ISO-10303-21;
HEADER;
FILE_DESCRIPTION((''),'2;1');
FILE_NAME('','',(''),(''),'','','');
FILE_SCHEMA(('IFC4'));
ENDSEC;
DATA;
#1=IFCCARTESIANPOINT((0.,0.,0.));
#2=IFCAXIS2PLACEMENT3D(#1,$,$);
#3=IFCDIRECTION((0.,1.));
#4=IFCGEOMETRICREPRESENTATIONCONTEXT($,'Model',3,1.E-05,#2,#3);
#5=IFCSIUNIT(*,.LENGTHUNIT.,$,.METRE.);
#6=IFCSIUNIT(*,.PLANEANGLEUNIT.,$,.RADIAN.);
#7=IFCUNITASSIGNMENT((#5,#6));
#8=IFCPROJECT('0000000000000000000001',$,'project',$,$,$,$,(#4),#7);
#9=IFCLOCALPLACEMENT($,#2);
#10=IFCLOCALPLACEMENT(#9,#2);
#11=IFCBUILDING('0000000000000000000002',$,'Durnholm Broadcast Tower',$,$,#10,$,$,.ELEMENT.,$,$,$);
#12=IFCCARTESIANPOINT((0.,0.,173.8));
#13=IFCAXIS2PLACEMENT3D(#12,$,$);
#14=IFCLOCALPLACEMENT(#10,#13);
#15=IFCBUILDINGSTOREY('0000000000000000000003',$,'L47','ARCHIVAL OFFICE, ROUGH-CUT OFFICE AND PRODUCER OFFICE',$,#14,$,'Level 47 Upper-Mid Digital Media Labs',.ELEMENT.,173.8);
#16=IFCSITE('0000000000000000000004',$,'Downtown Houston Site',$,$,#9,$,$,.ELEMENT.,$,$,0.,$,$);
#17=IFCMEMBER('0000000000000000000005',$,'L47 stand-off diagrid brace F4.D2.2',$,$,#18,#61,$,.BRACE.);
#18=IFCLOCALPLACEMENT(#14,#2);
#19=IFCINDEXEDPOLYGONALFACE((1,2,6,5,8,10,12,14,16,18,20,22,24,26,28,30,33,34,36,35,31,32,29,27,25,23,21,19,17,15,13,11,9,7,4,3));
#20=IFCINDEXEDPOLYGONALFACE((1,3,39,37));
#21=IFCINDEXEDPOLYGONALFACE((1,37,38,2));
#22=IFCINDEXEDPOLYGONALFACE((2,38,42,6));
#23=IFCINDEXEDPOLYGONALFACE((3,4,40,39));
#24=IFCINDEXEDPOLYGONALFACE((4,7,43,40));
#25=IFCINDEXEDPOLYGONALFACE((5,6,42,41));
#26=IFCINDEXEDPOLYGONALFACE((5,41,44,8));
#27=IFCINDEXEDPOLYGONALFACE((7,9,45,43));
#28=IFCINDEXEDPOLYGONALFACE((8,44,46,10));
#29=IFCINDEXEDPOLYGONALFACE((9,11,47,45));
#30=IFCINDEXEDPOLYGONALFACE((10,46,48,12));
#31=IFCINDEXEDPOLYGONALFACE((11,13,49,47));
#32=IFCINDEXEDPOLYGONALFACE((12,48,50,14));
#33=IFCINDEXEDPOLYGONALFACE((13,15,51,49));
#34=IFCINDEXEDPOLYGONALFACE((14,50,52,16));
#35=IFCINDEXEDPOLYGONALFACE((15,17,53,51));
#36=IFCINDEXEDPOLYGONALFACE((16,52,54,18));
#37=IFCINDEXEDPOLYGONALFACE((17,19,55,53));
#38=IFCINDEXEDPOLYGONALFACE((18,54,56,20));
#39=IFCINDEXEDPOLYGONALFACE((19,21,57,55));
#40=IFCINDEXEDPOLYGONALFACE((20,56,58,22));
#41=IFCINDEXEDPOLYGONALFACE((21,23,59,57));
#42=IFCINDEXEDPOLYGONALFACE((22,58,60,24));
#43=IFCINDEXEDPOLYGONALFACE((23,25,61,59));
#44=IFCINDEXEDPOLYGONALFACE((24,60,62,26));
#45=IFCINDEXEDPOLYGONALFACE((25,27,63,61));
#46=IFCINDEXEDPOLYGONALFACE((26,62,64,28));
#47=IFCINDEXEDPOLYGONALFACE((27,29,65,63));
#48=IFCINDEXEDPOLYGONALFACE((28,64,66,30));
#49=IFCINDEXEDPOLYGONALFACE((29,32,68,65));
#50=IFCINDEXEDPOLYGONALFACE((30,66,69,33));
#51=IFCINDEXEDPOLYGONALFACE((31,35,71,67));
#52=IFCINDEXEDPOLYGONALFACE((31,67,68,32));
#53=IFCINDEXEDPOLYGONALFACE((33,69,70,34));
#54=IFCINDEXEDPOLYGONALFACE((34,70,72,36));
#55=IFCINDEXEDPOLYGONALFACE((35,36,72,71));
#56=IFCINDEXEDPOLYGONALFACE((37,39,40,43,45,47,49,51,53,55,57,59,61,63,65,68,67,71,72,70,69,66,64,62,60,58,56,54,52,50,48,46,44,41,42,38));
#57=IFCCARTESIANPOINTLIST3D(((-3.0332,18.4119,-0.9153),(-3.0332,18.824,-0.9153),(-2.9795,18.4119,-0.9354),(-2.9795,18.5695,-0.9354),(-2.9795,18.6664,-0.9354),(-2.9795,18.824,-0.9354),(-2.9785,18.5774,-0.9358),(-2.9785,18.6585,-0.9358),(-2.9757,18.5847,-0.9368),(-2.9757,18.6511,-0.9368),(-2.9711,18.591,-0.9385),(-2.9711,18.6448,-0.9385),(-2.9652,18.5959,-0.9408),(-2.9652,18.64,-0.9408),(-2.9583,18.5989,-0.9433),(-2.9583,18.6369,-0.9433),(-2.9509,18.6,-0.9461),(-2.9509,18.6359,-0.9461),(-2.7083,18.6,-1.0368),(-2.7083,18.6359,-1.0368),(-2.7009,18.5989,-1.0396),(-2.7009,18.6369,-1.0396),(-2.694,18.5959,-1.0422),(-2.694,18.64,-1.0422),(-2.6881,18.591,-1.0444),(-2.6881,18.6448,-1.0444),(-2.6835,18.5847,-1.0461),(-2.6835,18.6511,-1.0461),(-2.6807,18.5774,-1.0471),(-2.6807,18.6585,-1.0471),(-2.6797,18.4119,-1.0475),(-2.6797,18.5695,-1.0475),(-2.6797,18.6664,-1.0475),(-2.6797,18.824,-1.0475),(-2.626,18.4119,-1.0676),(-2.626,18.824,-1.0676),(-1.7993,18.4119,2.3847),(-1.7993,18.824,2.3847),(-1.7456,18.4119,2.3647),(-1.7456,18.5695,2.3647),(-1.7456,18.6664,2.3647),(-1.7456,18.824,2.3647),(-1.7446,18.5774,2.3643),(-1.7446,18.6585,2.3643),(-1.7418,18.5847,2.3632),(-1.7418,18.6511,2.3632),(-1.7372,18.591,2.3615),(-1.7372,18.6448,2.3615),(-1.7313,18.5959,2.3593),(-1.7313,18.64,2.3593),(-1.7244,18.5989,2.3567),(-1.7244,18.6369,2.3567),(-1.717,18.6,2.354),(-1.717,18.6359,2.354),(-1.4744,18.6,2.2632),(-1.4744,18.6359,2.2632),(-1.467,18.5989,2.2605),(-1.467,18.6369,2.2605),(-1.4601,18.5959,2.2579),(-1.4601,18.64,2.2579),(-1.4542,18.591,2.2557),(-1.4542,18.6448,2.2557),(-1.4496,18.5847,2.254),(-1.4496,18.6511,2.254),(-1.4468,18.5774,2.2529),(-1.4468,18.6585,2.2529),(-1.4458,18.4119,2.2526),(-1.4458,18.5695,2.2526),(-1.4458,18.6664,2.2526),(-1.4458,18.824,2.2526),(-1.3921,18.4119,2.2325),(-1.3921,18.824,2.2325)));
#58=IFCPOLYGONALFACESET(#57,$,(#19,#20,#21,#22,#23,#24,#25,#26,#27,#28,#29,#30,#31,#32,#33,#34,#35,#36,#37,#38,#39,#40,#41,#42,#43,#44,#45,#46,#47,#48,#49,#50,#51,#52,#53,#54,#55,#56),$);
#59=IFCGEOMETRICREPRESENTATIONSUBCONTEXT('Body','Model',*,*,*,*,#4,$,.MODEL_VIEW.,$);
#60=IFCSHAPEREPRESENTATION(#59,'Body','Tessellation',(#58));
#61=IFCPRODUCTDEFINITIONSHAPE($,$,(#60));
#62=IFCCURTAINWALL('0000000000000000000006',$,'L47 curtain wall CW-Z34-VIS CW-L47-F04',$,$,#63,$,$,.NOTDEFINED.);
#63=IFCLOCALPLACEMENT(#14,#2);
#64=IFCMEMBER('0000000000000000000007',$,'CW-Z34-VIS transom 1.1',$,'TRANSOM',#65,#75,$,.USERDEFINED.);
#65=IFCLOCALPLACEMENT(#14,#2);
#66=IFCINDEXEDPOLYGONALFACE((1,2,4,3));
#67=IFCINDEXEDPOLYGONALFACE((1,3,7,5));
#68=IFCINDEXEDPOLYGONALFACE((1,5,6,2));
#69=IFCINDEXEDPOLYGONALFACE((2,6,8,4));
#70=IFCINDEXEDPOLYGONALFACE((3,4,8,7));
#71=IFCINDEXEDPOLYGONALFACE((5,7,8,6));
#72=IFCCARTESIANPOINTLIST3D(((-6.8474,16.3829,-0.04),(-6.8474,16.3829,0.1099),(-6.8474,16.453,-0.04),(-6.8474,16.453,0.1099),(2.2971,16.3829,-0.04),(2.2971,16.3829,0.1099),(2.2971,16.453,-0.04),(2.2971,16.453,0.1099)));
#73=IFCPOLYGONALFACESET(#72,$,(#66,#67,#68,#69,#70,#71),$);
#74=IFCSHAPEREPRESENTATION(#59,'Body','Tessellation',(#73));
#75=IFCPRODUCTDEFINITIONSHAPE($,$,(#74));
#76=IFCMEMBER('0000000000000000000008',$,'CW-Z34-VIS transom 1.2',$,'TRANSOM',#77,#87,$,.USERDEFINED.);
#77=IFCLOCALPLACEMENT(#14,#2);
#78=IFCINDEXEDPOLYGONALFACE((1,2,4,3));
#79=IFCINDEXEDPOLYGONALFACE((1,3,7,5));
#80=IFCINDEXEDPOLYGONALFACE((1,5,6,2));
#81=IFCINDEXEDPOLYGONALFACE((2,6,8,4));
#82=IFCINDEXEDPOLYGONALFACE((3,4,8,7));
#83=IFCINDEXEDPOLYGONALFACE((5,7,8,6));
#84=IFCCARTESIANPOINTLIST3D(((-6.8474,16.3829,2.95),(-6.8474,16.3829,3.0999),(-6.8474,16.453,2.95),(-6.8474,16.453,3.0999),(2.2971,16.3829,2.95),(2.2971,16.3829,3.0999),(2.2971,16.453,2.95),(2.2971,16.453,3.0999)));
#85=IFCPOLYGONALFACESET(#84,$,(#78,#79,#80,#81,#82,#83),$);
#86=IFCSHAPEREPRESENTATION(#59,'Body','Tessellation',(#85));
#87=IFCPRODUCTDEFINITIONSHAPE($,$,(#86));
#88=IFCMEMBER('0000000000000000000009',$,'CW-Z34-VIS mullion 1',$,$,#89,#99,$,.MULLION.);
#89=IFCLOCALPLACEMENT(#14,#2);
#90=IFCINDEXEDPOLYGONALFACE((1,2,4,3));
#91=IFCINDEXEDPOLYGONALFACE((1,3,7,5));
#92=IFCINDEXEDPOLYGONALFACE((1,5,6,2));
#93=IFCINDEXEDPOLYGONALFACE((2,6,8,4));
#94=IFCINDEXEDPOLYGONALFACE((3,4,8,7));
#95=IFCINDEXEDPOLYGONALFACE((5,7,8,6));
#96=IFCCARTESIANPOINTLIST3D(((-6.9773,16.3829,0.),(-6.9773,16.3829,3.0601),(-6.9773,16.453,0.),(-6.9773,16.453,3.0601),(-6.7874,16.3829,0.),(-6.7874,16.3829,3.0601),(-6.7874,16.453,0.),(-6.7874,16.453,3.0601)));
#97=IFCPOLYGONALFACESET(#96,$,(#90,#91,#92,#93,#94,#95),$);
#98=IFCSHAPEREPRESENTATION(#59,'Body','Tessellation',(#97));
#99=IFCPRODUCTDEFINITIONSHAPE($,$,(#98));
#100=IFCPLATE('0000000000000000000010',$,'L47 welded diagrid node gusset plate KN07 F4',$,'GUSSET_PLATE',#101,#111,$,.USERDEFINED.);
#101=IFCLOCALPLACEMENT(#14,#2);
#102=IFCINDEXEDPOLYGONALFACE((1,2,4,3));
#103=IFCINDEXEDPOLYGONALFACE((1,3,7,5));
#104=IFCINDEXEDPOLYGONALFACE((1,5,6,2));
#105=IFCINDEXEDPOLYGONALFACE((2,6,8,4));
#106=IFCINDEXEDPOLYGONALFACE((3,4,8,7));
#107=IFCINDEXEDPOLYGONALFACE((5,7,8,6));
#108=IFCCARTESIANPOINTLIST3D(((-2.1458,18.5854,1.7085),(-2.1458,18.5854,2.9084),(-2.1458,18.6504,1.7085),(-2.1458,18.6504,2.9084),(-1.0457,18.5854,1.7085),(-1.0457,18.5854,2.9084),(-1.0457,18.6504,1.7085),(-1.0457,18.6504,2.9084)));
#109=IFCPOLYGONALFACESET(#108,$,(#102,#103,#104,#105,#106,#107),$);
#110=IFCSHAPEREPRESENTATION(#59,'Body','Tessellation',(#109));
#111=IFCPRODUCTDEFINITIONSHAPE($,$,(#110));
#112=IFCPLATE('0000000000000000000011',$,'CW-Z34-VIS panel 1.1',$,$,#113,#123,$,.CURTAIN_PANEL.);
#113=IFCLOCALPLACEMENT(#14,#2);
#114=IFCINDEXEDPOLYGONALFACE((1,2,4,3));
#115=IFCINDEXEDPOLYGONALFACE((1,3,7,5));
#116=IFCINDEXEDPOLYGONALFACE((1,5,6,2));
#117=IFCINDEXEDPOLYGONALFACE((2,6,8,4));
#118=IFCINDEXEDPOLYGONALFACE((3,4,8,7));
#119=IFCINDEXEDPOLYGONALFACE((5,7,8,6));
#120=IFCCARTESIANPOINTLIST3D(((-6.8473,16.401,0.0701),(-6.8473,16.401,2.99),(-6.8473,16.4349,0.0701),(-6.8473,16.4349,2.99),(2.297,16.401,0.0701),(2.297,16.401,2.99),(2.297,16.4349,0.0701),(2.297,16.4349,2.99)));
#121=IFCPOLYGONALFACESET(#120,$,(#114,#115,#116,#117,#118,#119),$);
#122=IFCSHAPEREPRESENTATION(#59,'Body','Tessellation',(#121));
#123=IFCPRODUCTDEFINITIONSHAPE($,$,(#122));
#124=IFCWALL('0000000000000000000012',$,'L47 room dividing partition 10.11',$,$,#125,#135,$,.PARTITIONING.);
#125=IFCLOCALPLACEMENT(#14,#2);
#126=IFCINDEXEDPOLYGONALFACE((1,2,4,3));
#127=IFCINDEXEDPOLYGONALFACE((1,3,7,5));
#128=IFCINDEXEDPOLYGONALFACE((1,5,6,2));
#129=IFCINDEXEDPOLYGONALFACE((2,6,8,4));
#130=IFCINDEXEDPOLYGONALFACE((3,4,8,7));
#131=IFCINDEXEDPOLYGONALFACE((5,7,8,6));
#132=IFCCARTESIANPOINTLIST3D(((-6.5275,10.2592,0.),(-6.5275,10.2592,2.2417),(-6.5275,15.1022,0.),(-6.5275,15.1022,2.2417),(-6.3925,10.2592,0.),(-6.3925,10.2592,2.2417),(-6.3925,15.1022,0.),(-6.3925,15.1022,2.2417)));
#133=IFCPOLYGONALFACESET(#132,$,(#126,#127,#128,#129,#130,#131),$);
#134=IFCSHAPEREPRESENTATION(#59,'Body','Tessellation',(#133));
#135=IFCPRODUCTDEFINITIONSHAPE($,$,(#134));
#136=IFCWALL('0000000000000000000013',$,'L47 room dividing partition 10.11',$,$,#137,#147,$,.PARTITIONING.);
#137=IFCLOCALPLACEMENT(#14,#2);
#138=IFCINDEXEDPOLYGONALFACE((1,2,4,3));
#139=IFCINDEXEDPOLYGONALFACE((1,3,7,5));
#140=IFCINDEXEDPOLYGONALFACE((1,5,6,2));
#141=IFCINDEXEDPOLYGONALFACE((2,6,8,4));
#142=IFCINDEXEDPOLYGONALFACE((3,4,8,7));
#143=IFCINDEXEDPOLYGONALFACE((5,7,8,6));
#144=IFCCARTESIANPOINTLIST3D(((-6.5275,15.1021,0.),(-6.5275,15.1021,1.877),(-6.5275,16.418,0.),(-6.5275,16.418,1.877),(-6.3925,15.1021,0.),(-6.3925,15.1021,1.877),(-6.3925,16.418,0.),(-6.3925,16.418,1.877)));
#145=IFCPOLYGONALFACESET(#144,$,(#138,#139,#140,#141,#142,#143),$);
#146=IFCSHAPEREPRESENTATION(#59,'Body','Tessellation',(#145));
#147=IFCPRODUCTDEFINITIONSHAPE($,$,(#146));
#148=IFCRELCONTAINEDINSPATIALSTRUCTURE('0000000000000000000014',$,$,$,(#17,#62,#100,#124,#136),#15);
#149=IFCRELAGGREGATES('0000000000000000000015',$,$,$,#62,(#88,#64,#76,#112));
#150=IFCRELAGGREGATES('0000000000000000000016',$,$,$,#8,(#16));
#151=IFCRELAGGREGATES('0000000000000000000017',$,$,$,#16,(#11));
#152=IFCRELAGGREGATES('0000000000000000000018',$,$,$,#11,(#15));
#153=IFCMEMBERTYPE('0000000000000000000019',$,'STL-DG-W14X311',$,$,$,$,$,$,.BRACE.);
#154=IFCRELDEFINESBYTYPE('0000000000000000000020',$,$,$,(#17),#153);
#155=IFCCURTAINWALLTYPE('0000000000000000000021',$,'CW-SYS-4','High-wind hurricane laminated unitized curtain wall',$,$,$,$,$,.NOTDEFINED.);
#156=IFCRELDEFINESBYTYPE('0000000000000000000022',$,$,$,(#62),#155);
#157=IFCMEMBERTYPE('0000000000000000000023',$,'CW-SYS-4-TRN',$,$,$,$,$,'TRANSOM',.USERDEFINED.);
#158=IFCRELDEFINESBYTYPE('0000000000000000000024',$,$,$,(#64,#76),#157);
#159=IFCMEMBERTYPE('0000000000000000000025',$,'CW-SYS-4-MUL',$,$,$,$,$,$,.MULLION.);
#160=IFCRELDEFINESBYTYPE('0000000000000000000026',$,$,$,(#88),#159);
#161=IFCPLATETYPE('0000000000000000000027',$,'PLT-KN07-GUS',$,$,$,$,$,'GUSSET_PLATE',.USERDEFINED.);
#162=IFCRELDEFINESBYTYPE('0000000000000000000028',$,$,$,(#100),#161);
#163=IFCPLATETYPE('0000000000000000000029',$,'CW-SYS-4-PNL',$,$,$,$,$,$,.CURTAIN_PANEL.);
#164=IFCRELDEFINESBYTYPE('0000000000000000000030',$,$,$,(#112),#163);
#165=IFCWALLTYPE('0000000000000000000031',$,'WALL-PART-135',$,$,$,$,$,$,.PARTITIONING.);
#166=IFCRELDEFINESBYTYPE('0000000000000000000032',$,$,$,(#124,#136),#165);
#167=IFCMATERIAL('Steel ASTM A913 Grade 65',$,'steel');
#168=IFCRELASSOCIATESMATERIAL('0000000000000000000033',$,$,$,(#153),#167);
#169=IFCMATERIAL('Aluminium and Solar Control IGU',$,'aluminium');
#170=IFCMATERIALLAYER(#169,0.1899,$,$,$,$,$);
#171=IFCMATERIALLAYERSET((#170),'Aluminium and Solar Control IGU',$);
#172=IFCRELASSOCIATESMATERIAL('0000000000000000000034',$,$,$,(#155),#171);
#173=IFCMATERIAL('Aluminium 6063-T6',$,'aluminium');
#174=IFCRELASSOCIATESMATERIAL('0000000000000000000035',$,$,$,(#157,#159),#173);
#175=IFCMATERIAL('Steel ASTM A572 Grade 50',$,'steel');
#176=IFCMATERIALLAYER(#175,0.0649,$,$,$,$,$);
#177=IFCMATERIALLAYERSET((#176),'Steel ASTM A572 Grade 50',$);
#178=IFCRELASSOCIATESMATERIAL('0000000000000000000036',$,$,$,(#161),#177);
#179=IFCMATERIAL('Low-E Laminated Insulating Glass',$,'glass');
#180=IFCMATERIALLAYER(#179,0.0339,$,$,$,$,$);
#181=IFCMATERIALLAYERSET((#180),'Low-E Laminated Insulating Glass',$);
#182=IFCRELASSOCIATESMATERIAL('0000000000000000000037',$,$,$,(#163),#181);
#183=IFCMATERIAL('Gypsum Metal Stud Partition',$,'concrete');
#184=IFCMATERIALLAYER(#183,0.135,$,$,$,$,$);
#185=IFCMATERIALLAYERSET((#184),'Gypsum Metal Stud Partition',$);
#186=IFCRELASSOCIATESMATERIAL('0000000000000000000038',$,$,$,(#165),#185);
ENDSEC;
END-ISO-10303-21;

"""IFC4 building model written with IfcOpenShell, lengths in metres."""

from ifc_helpers import new_model, si_unit, direction, frame, frame_2d, origin, origin_2d, place, context, subcontext, project, spatial, rectangle, i_section, extrude, source, transform, mapped, material, layer, layer_set, material_profile, profile_set, type_object, type_shapes, element, aggregate, save


model = new_model("IFC4")

# Units and contexts
model_context = context("Model", 3, precision=1e-05, world=origin(), true_north=direction((0.0, 1.0)))
body_context = subcontext(model_context, "Body", "Model", "MODEL_VIEW")
ifc_project = project(units=[si_unit("LENGTHUNIT", "METRE"), si_unit("PLANEANGLEUNIT", "RADIAN")], contexts=[model_context])

# Site, building, storey
site_placement = place(None, origin())
site = spatial("IfcSite", under=ifc_project, at=site_placement, Name="Downtown Houston Site", CompositionType="ELEMENT", RefElevation=0.0)
building_placement = place(site_placement, origin())
building = spatial("IfcBuilding", under=site, at=building_placement, Name="Durnholm Broadcast Tower", CompositionType="ELEMENT")
storey_placement = place(building_placement, frame((0.0, 0.0, 173.8)))
storey = spatial("IfcBuildingStorey", under=building, at=storey_placement, Name="L47", Description="ARCHIVAL OFFICE, ROUGH-CUT OFFICE AND PRODUCER OFFICE", LongName="Level 47 Upper-Mid Digital Media Labs", CompositionType="ELEMENT", Elevation=173.8)

# Member
ifc_material_1 = material(Name="Steel ASTM A913 Grade 65", Category="steel")
ifc_material_profile_1 = material_profile(ifc_material_1, i_section(OverallWidth=0.4121, OverallDepth=0.4348, WebThickness=0.0359, FlangeThickness=0.0574, FilletRadius=0.0305, at=origin_2d()), Name="W14X311")
ifc_profile_set_1 = profile_set([ifc_material_profile_1], Name="Steel ASTM A913 Grade 65")
member_type_1 = type_object("IfcMemberType", Name="STL-DG-W14X311", PredefinedType="BRACE", material=ifc_profile_set_1)
shared_shape_1 = source(origin(), body_context, "Body", "SweptSolid", [
    extrude(i_section(OverallWidth=0.4121, OverallDepth=0.4348, WebThickness=0.0359, FlangeThickness=0.0574, FilletRadius=0.0305, at=origin_2d()), origin(), (0.0, 0.0, 1.0), 3.5232),
])
type_shapes(member_type_1, [shared_shape_1])
for number, where, z_axis, x_axis, name in (
    (1, (-2.8296, 18.6179, -0.9915), (0.35022, 0.0, 0.936668), (0.0, 1.0, 0.0), "L47 stand-off diagrid brace F4.D2.2"),
):
    element("IfcMember", number, at=place(storey_placement, frame(where, z_axis=z_axis, x_axis=x_axis)), inside=storey, type_object=member_type_1, Name=name, PredefinedType="BRACE", context=body_context, shape_type="MappedRepresentation", body=[
        mapped(shared_shape_1, transform((0.0, 0.0, 0.0), x_axis=(1.0, 0.0, 0.0), y_axis=(0.0, 1.0, 0.0), z_axis=(0.0, 0.0, 1.0), scale=1.0)),
    ])

# Curtain wall, members
ifc_material_2 = material(Name="Aluminium and Solar Control IGU", Category="aluminium")
ifc_layer_1 = layer(ifc_material_2, 0.1899)
ifc_layer_set_1 = layer_set([ifc_layer_1], Name="Aluminium and Solar Control IGU")
curtain_wall_type = type_object("IfcCurtainWallType", Name="CW-SYS-4", Description="High-wind hurricane laminated unitized curtain wall", PredefinedType="NOTDEFINED", material=ifc_layer_set_1)
curtain_wall_placement = place(storey_placement, origin())
curtain_wall = element("IfcCurtainWall", 2, at=curtain_wall_placement, inside=storey, type_object=curtain_wall_type, Name="L47 curtain wall CW-Z34-VIS CW-L47-F04", PredefinedType="NOTDEFINED")
ifc_material_3 = material(Name="Aluminium 6063-T6", Category="aluminium")
ifc_material_profile_2 = material_profile(ifc_material_3, rectangle(XDim=0.0701, YDim=0.1499, at=origin_2d()), Name="CWT70X150")
ifc_profile_set_2 = profile_set([ifc_material_profile_2], Name="Aluminium 6063-T6")
member_type_2 = type_object("IfcMemberType", Name="CW-SYS-4-TRN", ElementType="TRANSOM", PredefinedType="USERDEFINED", material=ifc_profile_set_2)
shared_shape_2 = source(origin(), body_context, "Body", "SweptSolid", [
    extrude(rectangle(XDim=0.0701, YDim=0.1499, at=origin_2d()), origin(), (0.0, 0.0, 1.0), 9.1445),
])
type_shapes(member_type_2, [shared_shape_2])
member_1_placement = place(storey_placement, frame((-6.8474, 16.418, 0.0349), z_axis=(1.0, 0.0, 0.0), x_axis=(0.0, 1.0, 0.0)))
member_1 = element("IfcMember", 3, at=member_1_placement, type_object=member_type_2, Name="CW-Z34-VIS transom 1.1", ObjectType="TRANSOM", PredefinedType="USERDEFINED", context=body_context, shape_type="MappedRepresentation", body=[
    mapped(shared_shape_2, transform((0.0, 0.0, 0.0), x_axis=(1.0, 0.0, 0.0), y_axis=(0.0, 1.0, 0.0), z_axis=(0.0, 0.0, 1.0), scale=1.0)),
])
member_2_placement = place(storey_placement, frame((-6.8474, 16.418, 3.0249), z_axis=(1.0, 0.0, 0.0), x_axis=(0.0, 1.0, 0.0)))
member_2 = element("IfcMember", 4, at=member_2_placement, type_object=member_type_2, Name="CW-Z34-VIS transom 1.2", ObjectType="TRANSOM", PredefinedType="USERDEFINED", context=body_context, shape_type="MappedRepresentation", body=[
    mapped(shared_shape_2, transform((0.0, 0.0, 0.0), x_axis=(1.0, 0.0, 0.0), y_axis=(0.0, 1.0, 0.0), z_axis=(0.0, 0.0, 1.0), scale=1.0)),
])
ifc_material_profile_3 = material_profile(ifc_material_3, rectangle(XDim=0.0701, YDim=0.1899, at=origin_2d()), Name="CWM70X190")
ifc_profile_set_3 = profile_set([ifc_material_profile_3], Name="Aluminium 6063-T6")
member_type_3 = type_object("IfcMemberType", Name="CW-SYS-4-MUL", PredefinedType="MULLION", material=ifc_profile_set_3)
shared_shape_3 = source(origin(), body_context, "Body", "SweptSolid", [
    extrude(rectangle(XDim=0.0701, YDim=0.1899, at=origin_2d()), origin(), (0.0, 0.0, 1.0), 3.0601),
])
type_shapes(member_type_3, [shared_shape_3])
member_3_placement = place(storey_placement, frame((-6.8823, 16.418, 0.0), z_axis=(0.0, 0.0, 1.0), x_axis=(0.0, 1.0, 0.0)))
member_3 = element("IfcMember", 5, at=member_3_placement, type_object=member_type_3, Name="CW-Z34-VIS mullion 1", PredefinedType="MULLION", context=body_context, shape_type="MappedRepresentation", body=[
    mapped(shared_shape_3, transform((0.0, 0.0, 0.0), x_axis=(1.0, 0.0, 0.0), y_axis=(0.0, 1.0, 0.0), z_axis=(0.0, 0.0, 1.0), scale=1.0)),
])

# Plates
ifc_material_4 = material(Name="Steel ASTM A572 Grade 50", Category="steel")
ifc_layer_2 = layer(ifc_material_4, 0.0649)
ifc_layer_set_2 = layer_set([ifc_layer_2], Name="Steel ASTM A572 Grade 50")
plate_type_1 = type_object("IfcPlateType", Name="PLT-KN07-GUS", ElementType="GUSSET_PLATE", PredefinedType="USERDEFINED", material=ifc_layer_set_2)
shared_shape_4 = source(origin(), body_context, "Body", "SweptSolid", [
    extrude(rectangle(XDim=1.1001, YDim=0.0649, at=origin_2d()), origin(), (0.0, 0.0, 1.0), 1.2),
])
type_shapes(plate_type_1, [shared_shape_4])
plate_1_placement = place(storey_placement, frame((-1.5957, 18.6179, 1.7085), z_axis=(0.0, 0.0, 1.0), x_axis=(-1.0, 0.0, 0.0)))
element("IfcPlate", 6, at=plate_1_placement, inside=storey, type_object=plate_type_1, Name="L47 welded diagrid node gusset plate KN07 F4", ObjectType="GUSSET_PLATE", PredefinedType="USERDEFINED", context=body_context, shape_type="MappedRepresentation", body=[
    mapped(shared_shape_4, transform((0.0, 0.0, 0.0), x_axis=(1.0, 0.0, 0.0), y_axis=(0.0, 1.0, 0.0), z_axis=(0.0, 0.0, 1.0), scale=1.0)),
])
ifc_material_5 = material(Name="Low-E Laminated Insulating Glass", Category="glass")
ifc_layer_3 = layer(ifc_material_5, 0.0339)
ifc_layer_set_3 = layer_set([ifc_layer_3], Name="Low-E Laminated Insulating Glass")
plate_type_2 = type_object("IfcPlateType", Name="CW-SYS-4-PNL", PredefinedType="CURTAIN_PANEL", material=ifc_layer_set_3)
shared_shape_5 = source(origin(), body_context, "Body", "SweptSolid", [
    extrude(rectangle(XDim=9.1443, YDim=0.0339, at=origin_2d()), origin(), (0.0, 0.0, 1.0), 2.9199),
])
type_shapes(plate_type_2, [shared_shape_5])
plate_2_placement = place(storey_placement, frame((-2.2751, 16.418, 0.0701), z_axis=(0.0, 0.0, 1.0), x_axis=(1.0, 0.0, 0.0)))
plate_2 = element("IfcPlate", 7, at=plate_2_placement, type_object=plate_type_2, Name="CW-Z34-VIS panel 1.1", PredefinedType="CURTAIN_PANEL", context=body_context, shape_type="MappedRepresentation", body=[
    mapped(shared_shape_5, transform((0.0, 0.0, 0.0), x_axis=(1.0, 0.0, 0.0), y_axis=(0.0, 1.0, 0.0), z_axis=(0.0, 0.0, 1.0), scale=1.0)),
])
aggregate(curtain_wall, [member_3, member_1, member_2, plate_2])

# Walls
ifc_material_6 = material(Name="Gypsum Metal Stud Partition", Category="concrete")
ifc_layer_4 = layer(ifc_material_6, 0.135)
ifc_layer_set_4 = layer_set([ifc_layer_4], Name="Gypsum Metal Stud Partition")
wall_type_1 = type_object("IfcWallType", Name="WALL-PART-135", PredefinedType="PARTITIONING", material=ifc_layer_set_4)
wall_1_placement = place(storey_placement, frame((-6.46, 15.1021, 0.0), z_axis=(0.0, 0.0, 1.0), x_axis=(0.0, -1.0, 0.0)))
element("IfcWall", 8, at=wall_1_placement, inside=storey, type_object=wall_type_1, Name="L47 room dividing partition 10.11", PredefinedType="PARTITIONING", context=body_context, shape_type="SweptSolid", body=[
    extrude(rectangle(XDim=4.843, YDim=0.135, at=frame_2d((2.4214, 0.0))), origin(), (0.0, 0.0, 1.0), 2.2417),
])
wall_2_placement = place(storey_placement, frame((-6.46, 16.418, 0.0), z_axis=(0.0, 0.0, 1.0), x_axis=(0.0, -1.0, 0.0)))
element("IfcWall", 9, at=wall_2_placement, inside=storey, type_object=wall_type_1, Name="L47 room dividing partition 10.11", PredefinedType="PARTITIONING", context=body_context, shape_type="SweptSolid", body=[
    extrude(rectangle(XDim=1.3159, YDim=0.135, at=frame_2d((0.658, 0.0))), origin(), (0.0, 0.0, 1.0), 1.877),
])

save(model, "model.ifc")
